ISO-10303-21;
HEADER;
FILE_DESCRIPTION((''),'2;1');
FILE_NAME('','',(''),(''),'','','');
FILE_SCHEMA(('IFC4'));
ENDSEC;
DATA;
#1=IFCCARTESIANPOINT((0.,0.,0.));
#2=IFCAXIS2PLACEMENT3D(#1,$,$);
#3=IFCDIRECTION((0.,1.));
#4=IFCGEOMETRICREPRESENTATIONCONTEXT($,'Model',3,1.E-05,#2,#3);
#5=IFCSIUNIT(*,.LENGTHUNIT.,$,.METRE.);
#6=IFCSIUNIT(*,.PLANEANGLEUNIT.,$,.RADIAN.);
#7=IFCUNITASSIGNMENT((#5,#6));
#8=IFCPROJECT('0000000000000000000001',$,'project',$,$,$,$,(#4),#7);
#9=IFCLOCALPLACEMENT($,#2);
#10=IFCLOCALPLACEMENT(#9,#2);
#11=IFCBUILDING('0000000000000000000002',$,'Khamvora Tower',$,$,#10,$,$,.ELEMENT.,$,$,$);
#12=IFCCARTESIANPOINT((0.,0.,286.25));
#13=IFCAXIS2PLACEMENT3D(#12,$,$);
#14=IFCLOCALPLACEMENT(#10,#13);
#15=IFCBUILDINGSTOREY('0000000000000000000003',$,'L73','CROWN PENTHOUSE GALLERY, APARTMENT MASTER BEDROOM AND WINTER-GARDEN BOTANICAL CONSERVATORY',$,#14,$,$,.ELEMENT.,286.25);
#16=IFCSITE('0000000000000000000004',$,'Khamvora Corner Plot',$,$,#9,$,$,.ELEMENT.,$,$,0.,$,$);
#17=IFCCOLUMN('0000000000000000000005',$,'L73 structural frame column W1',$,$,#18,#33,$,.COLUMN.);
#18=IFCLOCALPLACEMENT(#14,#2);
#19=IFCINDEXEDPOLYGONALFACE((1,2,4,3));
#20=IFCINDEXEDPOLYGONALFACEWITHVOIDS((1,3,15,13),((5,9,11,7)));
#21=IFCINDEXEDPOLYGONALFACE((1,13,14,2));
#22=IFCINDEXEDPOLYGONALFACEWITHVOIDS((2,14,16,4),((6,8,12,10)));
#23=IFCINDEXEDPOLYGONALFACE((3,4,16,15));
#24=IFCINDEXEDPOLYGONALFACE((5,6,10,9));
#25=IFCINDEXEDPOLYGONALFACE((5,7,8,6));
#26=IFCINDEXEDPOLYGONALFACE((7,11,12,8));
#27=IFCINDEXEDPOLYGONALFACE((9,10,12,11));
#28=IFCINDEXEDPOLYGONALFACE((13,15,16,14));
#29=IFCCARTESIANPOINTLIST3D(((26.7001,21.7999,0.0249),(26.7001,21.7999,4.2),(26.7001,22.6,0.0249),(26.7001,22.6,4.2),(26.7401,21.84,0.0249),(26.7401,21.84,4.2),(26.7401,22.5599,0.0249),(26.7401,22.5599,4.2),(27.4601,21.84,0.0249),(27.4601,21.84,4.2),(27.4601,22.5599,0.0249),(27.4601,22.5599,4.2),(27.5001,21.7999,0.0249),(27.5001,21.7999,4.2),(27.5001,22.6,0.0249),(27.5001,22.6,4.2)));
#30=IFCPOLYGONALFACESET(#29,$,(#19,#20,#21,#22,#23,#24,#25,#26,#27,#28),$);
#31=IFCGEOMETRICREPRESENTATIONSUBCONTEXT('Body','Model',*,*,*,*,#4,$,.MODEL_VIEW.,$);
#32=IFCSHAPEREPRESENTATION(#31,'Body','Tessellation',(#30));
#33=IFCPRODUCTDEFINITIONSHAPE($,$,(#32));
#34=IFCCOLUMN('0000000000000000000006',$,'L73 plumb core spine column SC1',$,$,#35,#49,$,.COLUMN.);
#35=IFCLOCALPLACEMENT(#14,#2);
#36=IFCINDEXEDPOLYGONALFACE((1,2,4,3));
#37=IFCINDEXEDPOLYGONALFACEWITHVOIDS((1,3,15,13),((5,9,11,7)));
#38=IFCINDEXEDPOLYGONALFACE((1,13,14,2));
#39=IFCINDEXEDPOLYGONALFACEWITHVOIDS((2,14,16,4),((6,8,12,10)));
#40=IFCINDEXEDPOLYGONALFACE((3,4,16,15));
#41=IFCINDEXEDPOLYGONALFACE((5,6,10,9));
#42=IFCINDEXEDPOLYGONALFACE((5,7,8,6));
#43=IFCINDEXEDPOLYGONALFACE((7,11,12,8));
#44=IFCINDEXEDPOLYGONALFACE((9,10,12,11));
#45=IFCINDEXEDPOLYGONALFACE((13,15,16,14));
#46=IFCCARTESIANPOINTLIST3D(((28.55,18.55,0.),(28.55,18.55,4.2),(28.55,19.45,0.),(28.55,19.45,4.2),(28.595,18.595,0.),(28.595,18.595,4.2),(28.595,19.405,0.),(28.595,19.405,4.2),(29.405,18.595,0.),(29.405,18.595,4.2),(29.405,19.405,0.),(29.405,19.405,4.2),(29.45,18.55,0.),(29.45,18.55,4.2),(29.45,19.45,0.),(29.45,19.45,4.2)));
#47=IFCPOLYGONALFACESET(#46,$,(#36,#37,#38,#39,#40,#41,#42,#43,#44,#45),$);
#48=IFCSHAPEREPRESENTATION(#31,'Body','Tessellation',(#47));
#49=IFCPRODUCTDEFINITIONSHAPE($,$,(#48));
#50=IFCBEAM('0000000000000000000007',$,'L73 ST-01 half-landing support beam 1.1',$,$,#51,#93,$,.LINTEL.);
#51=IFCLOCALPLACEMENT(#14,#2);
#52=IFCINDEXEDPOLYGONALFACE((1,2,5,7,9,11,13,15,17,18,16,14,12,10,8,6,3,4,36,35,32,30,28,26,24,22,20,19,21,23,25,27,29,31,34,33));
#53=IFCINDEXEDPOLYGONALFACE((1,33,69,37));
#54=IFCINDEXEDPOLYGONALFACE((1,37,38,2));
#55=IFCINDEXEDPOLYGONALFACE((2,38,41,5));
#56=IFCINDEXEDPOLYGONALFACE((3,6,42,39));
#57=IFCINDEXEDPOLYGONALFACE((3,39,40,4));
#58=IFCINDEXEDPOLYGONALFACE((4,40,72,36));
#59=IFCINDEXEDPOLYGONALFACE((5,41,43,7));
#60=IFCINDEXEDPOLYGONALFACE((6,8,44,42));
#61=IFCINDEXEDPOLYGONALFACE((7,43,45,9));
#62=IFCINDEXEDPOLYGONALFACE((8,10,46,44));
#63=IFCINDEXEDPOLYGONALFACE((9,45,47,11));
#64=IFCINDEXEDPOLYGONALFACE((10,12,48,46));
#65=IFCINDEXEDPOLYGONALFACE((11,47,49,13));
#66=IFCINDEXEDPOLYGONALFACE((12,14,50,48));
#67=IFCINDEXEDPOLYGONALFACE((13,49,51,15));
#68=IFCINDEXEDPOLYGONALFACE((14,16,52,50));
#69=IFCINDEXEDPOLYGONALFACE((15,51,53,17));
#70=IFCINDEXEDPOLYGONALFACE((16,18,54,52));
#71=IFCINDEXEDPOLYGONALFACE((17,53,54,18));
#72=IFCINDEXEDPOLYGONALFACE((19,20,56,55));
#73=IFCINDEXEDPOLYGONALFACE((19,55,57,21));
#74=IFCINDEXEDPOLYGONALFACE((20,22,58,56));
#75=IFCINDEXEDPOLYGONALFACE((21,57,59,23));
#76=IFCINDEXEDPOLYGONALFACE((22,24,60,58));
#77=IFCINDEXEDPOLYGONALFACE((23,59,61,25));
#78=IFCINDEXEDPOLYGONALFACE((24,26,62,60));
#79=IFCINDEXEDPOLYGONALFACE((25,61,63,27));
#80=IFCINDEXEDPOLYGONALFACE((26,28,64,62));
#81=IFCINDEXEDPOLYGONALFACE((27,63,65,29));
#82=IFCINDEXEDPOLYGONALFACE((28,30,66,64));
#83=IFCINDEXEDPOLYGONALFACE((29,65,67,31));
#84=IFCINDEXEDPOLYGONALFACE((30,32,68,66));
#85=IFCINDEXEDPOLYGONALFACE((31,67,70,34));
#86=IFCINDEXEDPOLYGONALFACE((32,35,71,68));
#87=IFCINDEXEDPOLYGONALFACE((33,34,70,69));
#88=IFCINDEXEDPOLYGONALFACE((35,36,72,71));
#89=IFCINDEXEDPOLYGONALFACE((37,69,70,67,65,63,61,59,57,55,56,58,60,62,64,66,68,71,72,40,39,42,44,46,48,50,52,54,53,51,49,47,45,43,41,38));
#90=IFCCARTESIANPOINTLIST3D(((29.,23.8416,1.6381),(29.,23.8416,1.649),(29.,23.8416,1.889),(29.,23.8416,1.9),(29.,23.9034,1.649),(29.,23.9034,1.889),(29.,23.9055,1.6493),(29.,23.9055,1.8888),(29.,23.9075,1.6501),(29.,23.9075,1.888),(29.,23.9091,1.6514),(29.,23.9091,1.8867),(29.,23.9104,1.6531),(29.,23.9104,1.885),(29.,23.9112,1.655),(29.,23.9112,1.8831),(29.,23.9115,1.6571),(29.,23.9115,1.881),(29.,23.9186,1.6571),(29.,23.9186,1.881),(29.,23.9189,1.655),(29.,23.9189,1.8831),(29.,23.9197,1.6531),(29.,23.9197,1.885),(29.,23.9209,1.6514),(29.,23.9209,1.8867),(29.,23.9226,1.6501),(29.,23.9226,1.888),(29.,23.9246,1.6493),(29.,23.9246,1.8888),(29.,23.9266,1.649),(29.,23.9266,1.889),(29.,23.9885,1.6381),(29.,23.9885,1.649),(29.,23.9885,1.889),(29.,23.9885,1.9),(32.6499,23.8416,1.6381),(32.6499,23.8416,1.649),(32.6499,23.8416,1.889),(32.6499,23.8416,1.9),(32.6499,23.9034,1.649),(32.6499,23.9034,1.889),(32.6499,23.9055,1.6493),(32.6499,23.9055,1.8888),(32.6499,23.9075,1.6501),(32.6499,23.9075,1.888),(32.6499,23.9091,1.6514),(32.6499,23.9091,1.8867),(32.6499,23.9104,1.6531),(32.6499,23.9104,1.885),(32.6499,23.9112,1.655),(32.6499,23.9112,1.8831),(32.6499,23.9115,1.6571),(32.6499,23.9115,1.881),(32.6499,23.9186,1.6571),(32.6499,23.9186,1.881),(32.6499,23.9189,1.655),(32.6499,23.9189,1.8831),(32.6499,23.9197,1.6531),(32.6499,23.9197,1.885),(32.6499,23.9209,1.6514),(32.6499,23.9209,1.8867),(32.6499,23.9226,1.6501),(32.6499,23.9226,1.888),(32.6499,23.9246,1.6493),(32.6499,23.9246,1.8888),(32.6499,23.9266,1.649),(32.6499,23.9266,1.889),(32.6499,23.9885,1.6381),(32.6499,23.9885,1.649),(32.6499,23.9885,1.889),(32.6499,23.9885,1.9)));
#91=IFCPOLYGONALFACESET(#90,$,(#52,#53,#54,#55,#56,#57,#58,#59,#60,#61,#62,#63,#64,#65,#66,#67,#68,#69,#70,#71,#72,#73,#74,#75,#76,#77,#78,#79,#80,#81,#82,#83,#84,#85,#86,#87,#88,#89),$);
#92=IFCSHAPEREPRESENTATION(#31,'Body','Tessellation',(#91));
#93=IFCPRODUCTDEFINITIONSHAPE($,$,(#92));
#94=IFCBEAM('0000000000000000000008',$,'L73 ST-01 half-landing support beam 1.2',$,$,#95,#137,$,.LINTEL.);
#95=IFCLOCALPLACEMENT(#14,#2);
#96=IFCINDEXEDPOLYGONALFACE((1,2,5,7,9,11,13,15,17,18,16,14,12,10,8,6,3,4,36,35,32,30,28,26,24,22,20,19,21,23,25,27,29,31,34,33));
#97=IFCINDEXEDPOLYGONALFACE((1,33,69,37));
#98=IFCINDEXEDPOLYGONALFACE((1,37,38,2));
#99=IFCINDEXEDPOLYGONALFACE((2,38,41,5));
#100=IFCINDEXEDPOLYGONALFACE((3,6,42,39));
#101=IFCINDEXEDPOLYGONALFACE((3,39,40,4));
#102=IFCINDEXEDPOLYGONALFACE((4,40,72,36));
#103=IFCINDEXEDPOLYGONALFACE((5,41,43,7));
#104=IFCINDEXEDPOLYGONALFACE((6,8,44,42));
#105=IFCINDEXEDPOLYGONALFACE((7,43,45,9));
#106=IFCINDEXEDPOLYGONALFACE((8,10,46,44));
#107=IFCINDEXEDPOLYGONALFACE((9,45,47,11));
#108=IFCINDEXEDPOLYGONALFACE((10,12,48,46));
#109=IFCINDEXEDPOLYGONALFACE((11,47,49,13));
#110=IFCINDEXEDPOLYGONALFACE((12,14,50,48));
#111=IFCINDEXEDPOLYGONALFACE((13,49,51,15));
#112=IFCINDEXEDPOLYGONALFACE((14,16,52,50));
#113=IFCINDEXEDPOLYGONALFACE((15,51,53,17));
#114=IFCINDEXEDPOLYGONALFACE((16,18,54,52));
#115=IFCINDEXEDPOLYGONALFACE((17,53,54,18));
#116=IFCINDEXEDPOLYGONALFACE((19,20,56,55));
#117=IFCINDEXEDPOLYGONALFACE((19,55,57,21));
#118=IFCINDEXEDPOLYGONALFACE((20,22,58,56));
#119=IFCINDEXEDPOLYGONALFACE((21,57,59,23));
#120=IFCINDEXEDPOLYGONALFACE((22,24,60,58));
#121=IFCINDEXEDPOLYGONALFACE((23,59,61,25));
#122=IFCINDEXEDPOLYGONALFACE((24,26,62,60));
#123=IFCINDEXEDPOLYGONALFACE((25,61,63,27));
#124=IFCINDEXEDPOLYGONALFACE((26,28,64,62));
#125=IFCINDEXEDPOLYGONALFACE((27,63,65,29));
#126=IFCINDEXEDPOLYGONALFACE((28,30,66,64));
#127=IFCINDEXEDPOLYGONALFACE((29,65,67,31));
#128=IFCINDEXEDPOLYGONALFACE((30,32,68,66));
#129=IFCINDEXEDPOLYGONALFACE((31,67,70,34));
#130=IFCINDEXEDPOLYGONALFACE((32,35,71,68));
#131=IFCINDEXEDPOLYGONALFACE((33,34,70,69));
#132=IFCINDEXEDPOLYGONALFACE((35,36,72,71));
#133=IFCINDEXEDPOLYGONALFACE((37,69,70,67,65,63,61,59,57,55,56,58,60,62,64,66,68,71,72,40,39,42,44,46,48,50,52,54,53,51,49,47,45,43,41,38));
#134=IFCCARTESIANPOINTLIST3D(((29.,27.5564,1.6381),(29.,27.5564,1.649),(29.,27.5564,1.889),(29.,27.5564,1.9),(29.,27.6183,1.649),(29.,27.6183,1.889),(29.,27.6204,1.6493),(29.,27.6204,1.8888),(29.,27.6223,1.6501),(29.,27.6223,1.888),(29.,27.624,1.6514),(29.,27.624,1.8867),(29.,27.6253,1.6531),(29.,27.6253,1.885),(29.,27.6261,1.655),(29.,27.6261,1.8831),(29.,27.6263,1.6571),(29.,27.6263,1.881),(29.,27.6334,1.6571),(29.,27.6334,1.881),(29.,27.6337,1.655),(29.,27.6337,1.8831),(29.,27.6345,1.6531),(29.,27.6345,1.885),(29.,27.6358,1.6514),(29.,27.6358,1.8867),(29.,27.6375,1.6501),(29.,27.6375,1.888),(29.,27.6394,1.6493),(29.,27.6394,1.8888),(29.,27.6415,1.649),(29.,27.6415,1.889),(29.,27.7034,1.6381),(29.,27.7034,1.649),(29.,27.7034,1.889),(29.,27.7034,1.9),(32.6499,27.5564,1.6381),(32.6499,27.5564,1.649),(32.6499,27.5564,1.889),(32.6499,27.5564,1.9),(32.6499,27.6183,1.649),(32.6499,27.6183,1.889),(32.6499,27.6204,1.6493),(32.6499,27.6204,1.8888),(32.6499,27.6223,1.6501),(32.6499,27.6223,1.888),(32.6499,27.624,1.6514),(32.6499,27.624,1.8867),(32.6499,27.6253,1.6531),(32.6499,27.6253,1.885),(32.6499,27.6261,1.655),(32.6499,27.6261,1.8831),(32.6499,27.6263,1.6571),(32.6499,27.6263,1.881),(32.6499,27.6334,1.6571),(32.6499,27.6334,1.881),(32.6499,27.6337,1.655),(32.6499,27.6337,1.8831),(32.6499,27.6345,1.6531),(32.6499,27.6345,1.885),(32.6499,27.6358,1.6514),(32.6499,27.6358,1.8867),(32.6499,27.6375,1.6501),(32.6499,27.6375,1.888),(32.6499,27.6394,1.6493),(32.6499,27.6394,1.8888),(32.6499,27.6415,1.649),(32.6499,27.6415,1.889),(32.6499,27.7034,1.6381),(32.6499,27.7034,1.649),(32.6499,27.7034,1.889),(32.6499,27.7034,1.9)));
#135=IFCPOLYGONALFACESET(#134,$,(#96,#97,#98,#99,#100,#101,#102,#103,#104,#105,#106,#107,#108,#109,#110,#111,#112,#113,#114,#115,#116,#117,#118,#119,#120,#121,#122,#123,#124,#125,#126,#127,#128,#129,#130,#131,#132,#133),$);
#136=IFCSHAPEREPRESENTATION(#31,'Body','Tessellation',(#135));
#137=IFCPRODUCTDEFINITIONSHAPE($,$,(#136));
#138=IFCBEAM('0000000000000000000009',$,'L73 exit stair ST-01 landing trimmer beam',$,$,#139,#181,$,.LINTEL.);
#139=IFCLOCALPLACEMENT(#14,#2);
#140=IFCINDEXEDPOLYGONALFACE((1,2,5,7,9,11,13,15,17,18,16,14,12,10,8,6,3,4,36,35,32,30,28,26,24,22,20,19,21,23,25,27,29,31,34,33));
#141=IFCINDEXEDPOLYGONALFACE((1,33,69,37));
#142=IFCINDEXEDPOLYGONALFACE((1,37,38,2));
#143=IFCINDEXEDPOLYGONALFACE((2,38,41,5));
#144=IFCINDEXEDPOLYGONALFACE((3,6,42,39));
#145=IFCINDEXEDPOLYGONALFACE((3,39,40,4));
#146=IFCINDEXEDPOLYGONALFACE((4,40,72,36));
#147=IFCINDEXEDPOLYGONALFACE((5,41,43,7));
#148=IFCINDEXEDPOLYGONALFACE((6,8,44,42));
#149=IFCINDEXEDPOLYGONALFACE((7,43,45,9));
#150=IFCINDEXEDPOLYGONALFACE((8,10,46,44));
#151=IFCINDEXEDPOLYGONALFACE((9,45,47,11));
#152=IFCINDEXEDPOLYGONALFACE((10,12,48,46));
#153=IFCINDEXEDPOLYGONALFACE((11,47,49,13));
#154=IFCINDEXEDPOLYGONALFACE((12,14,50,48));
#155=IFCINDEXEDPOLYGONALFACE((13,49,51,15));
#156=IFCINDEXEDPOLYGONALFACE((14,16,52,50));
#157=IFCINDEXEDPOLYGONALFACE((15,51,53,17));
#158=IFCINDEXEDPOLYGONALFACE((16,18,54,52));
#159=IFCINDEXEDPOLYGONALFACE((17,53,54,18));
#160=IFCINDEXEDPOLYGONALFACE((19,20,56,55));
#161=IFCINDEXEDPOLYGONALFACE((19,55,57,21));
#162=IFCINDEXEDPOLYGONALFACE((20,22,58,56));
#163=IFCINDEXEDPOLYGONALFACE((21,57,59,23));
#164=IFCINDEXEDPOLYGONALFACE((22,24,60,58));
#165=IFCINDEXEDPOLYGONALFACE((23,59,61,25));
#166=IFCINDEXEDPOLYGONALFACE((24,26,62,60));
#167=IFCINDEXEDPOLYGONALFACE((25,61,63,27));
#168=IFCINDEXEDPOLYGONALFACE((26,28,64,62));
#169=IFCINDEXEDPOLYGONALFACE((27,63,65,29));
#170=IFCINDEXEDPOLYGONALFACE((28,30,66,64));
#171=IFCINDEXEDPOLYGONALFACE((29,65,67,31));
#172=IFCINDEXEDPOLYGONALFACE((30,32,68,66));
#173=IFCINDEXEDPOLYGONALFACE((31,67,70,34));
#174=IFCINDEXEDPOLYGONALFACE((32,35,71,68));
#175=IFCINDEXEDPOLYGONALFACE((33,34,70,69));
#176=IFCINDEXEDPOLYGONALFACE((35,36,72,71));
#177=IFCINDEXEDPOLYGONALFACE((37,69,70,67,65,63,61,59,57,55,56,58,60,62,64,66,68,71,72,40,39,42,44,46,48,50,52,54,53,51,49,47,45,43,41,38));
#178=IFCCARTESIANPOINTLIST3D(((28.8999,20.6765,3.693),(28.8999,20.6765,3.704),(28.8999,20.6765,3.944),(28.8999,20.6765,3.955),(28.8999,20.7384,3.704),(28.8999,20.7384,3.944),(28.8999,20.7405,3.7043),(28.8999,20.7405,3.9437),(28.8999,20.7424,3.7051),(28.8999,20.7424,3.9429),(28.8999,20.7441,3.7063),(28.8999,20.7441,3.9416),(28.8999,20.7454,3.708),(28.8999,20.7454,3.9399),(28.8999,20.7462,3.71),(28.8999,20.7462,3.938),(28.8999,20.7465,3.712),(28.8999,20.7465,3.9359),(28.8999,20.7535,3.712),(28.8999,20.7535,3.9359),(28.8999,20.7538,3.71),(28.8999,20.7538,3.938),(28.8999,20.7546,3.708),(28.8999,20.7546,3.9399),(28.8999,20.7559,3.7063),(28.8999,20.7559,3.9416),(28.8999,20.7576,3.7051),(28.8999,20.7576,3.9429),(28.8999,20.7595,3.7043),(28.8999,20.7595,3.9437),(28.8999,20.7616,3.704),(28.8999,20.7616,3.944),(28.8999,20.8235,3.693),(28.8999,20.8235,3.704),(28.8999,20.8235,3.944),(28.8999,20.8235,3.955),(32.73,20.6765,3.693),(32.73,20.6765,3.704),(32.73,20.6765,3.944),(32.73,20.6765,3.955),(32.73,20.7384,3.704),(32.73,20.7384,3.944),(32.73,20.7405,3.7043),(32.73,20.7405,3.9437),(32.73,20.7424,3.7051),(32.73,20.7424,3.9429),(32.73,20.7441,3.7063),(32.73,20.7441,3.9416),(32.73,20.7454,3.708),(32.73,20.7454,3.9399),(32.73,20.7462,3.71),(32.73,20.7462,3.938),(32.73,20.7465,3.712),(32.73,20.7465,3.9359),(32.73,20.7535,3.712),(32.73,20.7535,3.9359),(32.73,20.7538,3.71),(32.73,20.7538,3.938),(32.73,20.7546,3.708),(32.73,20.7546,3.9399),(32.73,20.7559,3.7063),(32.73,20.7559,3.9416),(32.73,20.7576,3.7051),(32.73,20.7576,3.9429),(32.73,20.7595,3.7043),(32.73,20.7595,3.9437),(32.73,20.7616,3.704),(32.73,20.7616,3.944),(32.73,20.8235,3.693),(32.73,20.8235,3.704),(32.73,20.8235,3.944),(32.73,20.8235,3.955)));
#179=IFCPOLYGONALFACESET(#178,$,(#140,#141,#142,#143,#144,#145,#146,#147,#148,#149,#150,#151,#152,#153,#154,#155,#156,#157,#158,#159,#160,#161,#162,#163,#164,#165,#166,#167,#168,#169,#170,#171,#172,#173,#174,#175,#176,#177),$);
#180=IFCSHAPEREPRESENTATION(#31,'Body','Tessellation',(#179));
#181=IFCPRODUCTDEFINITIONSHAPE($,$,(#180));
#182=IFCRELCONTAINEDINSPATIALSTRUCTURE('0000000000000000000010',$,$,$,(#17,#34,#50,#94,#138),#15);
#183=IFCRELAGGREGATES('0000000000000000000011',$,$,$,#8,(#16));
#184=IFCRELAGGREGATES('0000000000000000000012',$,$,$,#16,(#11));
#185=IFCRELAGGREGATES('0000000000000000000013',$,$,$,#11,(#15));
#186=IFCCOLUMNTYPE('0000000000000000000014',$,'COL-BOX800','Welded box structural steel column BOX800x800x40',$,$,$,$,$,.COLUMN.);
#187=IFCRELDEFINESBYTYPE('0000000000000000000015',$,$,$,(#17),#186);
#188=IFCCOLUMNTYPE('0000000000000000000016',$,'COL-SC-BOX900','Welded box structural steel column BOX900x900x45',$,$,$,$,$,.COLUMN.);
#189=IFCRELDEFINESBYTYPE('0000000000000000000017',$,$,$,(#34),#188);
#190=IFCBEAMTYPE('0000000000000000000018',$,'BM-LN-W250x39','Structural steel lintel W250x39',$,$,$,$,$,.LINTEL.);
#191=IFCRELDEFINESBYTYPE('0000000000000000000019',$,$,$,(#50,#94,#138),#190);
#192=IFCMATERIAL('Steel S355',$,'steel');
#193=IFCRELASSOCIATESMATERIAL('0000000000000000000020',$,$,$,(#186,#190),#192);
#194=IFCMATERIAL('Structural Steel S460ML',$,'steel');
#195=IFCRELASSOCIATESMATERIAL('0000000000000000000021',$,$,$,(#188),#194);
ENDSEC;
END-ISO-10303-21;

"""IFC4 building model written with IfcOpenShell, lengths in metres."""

from ifc_helpers import new_model, si_unit, direction, frame, origin, origin_2d, place, context, subcontext, project, spatial, hollow_rectangle, i_section, extrude, material, material_profile, profile_set, type_object, element, save


model = new_model("IFC4")

# Units and contexts
model_context = context("Model", 3, precision=1e-05, world=origin(), true_north=direction((0.0, 1.0)))
body_context = subcontext(model_context, "Body", "Model", "MODEL_VIEW")
ifc_project = project(units=[si_unit("LENGTHUNIT", "METRE"), si_unit("PLANEANGLEUNIT", "RADIAN")], contexts=[model_context])

# Site, building, storey
site_placement = place(None, origin())
site = spatial("IfcSite", under=ifc_project, at=site_placement, Name="Khamvora Corner Plot", CompositionType="ELEMENT", RefElevation=0.0)
building_placement = place(site_placement, origin())
building = spatial("IfcBuilding", under=site, at=building_placement, Name="Khamvora Tower", CompositionType="ELEMENT")
storey_placement = place(building_placement, frame((0.0, 0.0, 286.25)))
storey = spatial("IfcBuildingStorey", under=building, at=storey_placement, Name="L73", Description="CROWN PENTHOUSE GALLERY, APARTMENT MASTER BEDROOM AND WINTER-GARDEN BOTANICAL CONSERVATORY", CompositionType="ELEMENT", Elevation=286.25)

# Columns
ifc_material_1 = material(Name="Steel S355", Category="steel")
ifc_material_profile_1 = material_profile(ifc_material_1, hollow_rectangle(XDim=0.8, YDim=0.8, WallThickness=0.04, at=origin_2d()), Name="BOX800x800x40")
ifc_profile_set_1 = profile_set([ifc_material_profile_1], Name="Steel S355")
column_type_1 = type_object("IfcColumnType", Name="COL-BOX800", Description="Welded box structural steel column BOX800x800x40", PredefinedType="COLUMN", material=ifc_profile_set_1)
column_1_placement = place(storey_placement, frame((27.1001, 22.2, 0.0249), z_axis=(0.0, 0.0, 1.0), x_axis=(1.0, 0.0, 0.0)))
element("IfcColumn", 1, at=column_1_placement, inside=storey, type_object=column_type_1, Name="L73 structural frame column W1", PredefinedType="COLUMN", context=body_context, shape_type="SweptSolid", body=[
    extrude(hollow_rectangle(XDim=0.8, YDim=0.8, WallThickness=0.04, at=origin_2d()), origin(), (0.0, 0.0, 1.0), 4.175),
])
ifc_material_2 = material(Name="Structural Steel S460ML", Category="steel")
ifc_material_profile_2 = material_profile(ifc_material_2, hollow_rectangle(XDim=0.8999, YDim=0.8999, WallThickness=0.0449, at=origin_2d()), Name="BOX900x900x45")
ifc_profile_set_2 = profile_set([ifc_material_profile_2], Name="Structural Steel S460ML")
column_type_2 = type_object("IfcColumnType", Name="COL-SC-BOX900", Description="Welded box structural steel column BOX900x900x45", PredefinedType="COLUMN", material=ifc_profile_set_2)
column_2_placement = place(storey_placement, frame((29.0, 19.0, 0.0), z_axis=(0.0, 0.0, 1.0), x_axis=(1.0, 0.0, 0.0)))
element("IfcColumn", 2, at=column_2_placement, inside=storey, type_object=column_type_2, Name="L73 plumb core spine column SC1", PredefinedType="COLUMN", context=body_context, shape_type="SweptSolid", body=[
    extrude(hollow_rectangle(XDim=0.8999, YDim=0.8999, WallThickness=0.0449, at=origin_2d()), origin(), (0.0, 0.0, 1.0), 4.2),
])

# Beams
ifc_material_profile_3 = material_profile(ifc_material_1, i_section(OverallWidth=0.147, OverallDepth=0.262, WebThickness=0.0071, FlangeThickness=0.011, FilletRadius=0.0081, at=origin_2d()), Name="W250x39")
ifc_profile_set_3 = profile_set([ifc_material_profile_3], Name="Steel S355")
beam_type_1 = type_object("IfcBeamType", Name="BM-LN-W250x39", Description="Structural steel lintel W250x39", PredefinedType="LINTEL", material=ifc_profile_set_3)
for number, where, z_axis, x_axis, name in (
    (3, (29.0, 23.915, 1.769), (1.0, 0.0, 0.0), (0.0, 1.0, 0.0), "L73 ST-01 half-landing support beam 1.1"),
    (4, (29.0, 27.6299, 1.769), (1.0, 0.0, 0.0), (0.0, 1.0, 0.0), "L73 ST-01 half-landing support beam 1.2"),
):
    element("IfcBeam", number, at=place(storey_placement, frame(where, z_axis=z_axis, x_axis=x_axis)), inside=storey, type_object=beam_type_1, Name=name, PredefinedType="LINTEL", context=body_context, shape_type="SweptSolid", body=[
        extrude(i_section(OverallWidth=0.147, OverallDepth=0.262, WebThickness=0.0071, FlangeThickness=0.011, FilletRadius=0.0081, at=origin_2d()), origin(), (0.0, 0.0, 1.0), 3.6499),
    ])
beam_1_placement = place(storey_placement, frame((28.8999, 20.75, 3.824), z_axis=(1.0, 0.0, 0.0), x_axis=(0.0, 1.0, 0.0)))
element("IfcBeam", 5, at=beam_1_placement, inside=storey, type_object=beam_type_1, Name="L73 exit stair ST-01 landing trimmer beam", PredefinedType="LINTEL", context=body_context, shape_type="SweptSolid", body=[
    extrude(i_section(OverallWidth=0.147, OverallDepth=0.262, WebThickness=0.0071, FlangeThickness=0.011, FilletRadius=0.0081, at=origin_2d()), origin(), (0.0, 0.0, 1.0), 3.8301),
])

save(model, "model.ifc")
